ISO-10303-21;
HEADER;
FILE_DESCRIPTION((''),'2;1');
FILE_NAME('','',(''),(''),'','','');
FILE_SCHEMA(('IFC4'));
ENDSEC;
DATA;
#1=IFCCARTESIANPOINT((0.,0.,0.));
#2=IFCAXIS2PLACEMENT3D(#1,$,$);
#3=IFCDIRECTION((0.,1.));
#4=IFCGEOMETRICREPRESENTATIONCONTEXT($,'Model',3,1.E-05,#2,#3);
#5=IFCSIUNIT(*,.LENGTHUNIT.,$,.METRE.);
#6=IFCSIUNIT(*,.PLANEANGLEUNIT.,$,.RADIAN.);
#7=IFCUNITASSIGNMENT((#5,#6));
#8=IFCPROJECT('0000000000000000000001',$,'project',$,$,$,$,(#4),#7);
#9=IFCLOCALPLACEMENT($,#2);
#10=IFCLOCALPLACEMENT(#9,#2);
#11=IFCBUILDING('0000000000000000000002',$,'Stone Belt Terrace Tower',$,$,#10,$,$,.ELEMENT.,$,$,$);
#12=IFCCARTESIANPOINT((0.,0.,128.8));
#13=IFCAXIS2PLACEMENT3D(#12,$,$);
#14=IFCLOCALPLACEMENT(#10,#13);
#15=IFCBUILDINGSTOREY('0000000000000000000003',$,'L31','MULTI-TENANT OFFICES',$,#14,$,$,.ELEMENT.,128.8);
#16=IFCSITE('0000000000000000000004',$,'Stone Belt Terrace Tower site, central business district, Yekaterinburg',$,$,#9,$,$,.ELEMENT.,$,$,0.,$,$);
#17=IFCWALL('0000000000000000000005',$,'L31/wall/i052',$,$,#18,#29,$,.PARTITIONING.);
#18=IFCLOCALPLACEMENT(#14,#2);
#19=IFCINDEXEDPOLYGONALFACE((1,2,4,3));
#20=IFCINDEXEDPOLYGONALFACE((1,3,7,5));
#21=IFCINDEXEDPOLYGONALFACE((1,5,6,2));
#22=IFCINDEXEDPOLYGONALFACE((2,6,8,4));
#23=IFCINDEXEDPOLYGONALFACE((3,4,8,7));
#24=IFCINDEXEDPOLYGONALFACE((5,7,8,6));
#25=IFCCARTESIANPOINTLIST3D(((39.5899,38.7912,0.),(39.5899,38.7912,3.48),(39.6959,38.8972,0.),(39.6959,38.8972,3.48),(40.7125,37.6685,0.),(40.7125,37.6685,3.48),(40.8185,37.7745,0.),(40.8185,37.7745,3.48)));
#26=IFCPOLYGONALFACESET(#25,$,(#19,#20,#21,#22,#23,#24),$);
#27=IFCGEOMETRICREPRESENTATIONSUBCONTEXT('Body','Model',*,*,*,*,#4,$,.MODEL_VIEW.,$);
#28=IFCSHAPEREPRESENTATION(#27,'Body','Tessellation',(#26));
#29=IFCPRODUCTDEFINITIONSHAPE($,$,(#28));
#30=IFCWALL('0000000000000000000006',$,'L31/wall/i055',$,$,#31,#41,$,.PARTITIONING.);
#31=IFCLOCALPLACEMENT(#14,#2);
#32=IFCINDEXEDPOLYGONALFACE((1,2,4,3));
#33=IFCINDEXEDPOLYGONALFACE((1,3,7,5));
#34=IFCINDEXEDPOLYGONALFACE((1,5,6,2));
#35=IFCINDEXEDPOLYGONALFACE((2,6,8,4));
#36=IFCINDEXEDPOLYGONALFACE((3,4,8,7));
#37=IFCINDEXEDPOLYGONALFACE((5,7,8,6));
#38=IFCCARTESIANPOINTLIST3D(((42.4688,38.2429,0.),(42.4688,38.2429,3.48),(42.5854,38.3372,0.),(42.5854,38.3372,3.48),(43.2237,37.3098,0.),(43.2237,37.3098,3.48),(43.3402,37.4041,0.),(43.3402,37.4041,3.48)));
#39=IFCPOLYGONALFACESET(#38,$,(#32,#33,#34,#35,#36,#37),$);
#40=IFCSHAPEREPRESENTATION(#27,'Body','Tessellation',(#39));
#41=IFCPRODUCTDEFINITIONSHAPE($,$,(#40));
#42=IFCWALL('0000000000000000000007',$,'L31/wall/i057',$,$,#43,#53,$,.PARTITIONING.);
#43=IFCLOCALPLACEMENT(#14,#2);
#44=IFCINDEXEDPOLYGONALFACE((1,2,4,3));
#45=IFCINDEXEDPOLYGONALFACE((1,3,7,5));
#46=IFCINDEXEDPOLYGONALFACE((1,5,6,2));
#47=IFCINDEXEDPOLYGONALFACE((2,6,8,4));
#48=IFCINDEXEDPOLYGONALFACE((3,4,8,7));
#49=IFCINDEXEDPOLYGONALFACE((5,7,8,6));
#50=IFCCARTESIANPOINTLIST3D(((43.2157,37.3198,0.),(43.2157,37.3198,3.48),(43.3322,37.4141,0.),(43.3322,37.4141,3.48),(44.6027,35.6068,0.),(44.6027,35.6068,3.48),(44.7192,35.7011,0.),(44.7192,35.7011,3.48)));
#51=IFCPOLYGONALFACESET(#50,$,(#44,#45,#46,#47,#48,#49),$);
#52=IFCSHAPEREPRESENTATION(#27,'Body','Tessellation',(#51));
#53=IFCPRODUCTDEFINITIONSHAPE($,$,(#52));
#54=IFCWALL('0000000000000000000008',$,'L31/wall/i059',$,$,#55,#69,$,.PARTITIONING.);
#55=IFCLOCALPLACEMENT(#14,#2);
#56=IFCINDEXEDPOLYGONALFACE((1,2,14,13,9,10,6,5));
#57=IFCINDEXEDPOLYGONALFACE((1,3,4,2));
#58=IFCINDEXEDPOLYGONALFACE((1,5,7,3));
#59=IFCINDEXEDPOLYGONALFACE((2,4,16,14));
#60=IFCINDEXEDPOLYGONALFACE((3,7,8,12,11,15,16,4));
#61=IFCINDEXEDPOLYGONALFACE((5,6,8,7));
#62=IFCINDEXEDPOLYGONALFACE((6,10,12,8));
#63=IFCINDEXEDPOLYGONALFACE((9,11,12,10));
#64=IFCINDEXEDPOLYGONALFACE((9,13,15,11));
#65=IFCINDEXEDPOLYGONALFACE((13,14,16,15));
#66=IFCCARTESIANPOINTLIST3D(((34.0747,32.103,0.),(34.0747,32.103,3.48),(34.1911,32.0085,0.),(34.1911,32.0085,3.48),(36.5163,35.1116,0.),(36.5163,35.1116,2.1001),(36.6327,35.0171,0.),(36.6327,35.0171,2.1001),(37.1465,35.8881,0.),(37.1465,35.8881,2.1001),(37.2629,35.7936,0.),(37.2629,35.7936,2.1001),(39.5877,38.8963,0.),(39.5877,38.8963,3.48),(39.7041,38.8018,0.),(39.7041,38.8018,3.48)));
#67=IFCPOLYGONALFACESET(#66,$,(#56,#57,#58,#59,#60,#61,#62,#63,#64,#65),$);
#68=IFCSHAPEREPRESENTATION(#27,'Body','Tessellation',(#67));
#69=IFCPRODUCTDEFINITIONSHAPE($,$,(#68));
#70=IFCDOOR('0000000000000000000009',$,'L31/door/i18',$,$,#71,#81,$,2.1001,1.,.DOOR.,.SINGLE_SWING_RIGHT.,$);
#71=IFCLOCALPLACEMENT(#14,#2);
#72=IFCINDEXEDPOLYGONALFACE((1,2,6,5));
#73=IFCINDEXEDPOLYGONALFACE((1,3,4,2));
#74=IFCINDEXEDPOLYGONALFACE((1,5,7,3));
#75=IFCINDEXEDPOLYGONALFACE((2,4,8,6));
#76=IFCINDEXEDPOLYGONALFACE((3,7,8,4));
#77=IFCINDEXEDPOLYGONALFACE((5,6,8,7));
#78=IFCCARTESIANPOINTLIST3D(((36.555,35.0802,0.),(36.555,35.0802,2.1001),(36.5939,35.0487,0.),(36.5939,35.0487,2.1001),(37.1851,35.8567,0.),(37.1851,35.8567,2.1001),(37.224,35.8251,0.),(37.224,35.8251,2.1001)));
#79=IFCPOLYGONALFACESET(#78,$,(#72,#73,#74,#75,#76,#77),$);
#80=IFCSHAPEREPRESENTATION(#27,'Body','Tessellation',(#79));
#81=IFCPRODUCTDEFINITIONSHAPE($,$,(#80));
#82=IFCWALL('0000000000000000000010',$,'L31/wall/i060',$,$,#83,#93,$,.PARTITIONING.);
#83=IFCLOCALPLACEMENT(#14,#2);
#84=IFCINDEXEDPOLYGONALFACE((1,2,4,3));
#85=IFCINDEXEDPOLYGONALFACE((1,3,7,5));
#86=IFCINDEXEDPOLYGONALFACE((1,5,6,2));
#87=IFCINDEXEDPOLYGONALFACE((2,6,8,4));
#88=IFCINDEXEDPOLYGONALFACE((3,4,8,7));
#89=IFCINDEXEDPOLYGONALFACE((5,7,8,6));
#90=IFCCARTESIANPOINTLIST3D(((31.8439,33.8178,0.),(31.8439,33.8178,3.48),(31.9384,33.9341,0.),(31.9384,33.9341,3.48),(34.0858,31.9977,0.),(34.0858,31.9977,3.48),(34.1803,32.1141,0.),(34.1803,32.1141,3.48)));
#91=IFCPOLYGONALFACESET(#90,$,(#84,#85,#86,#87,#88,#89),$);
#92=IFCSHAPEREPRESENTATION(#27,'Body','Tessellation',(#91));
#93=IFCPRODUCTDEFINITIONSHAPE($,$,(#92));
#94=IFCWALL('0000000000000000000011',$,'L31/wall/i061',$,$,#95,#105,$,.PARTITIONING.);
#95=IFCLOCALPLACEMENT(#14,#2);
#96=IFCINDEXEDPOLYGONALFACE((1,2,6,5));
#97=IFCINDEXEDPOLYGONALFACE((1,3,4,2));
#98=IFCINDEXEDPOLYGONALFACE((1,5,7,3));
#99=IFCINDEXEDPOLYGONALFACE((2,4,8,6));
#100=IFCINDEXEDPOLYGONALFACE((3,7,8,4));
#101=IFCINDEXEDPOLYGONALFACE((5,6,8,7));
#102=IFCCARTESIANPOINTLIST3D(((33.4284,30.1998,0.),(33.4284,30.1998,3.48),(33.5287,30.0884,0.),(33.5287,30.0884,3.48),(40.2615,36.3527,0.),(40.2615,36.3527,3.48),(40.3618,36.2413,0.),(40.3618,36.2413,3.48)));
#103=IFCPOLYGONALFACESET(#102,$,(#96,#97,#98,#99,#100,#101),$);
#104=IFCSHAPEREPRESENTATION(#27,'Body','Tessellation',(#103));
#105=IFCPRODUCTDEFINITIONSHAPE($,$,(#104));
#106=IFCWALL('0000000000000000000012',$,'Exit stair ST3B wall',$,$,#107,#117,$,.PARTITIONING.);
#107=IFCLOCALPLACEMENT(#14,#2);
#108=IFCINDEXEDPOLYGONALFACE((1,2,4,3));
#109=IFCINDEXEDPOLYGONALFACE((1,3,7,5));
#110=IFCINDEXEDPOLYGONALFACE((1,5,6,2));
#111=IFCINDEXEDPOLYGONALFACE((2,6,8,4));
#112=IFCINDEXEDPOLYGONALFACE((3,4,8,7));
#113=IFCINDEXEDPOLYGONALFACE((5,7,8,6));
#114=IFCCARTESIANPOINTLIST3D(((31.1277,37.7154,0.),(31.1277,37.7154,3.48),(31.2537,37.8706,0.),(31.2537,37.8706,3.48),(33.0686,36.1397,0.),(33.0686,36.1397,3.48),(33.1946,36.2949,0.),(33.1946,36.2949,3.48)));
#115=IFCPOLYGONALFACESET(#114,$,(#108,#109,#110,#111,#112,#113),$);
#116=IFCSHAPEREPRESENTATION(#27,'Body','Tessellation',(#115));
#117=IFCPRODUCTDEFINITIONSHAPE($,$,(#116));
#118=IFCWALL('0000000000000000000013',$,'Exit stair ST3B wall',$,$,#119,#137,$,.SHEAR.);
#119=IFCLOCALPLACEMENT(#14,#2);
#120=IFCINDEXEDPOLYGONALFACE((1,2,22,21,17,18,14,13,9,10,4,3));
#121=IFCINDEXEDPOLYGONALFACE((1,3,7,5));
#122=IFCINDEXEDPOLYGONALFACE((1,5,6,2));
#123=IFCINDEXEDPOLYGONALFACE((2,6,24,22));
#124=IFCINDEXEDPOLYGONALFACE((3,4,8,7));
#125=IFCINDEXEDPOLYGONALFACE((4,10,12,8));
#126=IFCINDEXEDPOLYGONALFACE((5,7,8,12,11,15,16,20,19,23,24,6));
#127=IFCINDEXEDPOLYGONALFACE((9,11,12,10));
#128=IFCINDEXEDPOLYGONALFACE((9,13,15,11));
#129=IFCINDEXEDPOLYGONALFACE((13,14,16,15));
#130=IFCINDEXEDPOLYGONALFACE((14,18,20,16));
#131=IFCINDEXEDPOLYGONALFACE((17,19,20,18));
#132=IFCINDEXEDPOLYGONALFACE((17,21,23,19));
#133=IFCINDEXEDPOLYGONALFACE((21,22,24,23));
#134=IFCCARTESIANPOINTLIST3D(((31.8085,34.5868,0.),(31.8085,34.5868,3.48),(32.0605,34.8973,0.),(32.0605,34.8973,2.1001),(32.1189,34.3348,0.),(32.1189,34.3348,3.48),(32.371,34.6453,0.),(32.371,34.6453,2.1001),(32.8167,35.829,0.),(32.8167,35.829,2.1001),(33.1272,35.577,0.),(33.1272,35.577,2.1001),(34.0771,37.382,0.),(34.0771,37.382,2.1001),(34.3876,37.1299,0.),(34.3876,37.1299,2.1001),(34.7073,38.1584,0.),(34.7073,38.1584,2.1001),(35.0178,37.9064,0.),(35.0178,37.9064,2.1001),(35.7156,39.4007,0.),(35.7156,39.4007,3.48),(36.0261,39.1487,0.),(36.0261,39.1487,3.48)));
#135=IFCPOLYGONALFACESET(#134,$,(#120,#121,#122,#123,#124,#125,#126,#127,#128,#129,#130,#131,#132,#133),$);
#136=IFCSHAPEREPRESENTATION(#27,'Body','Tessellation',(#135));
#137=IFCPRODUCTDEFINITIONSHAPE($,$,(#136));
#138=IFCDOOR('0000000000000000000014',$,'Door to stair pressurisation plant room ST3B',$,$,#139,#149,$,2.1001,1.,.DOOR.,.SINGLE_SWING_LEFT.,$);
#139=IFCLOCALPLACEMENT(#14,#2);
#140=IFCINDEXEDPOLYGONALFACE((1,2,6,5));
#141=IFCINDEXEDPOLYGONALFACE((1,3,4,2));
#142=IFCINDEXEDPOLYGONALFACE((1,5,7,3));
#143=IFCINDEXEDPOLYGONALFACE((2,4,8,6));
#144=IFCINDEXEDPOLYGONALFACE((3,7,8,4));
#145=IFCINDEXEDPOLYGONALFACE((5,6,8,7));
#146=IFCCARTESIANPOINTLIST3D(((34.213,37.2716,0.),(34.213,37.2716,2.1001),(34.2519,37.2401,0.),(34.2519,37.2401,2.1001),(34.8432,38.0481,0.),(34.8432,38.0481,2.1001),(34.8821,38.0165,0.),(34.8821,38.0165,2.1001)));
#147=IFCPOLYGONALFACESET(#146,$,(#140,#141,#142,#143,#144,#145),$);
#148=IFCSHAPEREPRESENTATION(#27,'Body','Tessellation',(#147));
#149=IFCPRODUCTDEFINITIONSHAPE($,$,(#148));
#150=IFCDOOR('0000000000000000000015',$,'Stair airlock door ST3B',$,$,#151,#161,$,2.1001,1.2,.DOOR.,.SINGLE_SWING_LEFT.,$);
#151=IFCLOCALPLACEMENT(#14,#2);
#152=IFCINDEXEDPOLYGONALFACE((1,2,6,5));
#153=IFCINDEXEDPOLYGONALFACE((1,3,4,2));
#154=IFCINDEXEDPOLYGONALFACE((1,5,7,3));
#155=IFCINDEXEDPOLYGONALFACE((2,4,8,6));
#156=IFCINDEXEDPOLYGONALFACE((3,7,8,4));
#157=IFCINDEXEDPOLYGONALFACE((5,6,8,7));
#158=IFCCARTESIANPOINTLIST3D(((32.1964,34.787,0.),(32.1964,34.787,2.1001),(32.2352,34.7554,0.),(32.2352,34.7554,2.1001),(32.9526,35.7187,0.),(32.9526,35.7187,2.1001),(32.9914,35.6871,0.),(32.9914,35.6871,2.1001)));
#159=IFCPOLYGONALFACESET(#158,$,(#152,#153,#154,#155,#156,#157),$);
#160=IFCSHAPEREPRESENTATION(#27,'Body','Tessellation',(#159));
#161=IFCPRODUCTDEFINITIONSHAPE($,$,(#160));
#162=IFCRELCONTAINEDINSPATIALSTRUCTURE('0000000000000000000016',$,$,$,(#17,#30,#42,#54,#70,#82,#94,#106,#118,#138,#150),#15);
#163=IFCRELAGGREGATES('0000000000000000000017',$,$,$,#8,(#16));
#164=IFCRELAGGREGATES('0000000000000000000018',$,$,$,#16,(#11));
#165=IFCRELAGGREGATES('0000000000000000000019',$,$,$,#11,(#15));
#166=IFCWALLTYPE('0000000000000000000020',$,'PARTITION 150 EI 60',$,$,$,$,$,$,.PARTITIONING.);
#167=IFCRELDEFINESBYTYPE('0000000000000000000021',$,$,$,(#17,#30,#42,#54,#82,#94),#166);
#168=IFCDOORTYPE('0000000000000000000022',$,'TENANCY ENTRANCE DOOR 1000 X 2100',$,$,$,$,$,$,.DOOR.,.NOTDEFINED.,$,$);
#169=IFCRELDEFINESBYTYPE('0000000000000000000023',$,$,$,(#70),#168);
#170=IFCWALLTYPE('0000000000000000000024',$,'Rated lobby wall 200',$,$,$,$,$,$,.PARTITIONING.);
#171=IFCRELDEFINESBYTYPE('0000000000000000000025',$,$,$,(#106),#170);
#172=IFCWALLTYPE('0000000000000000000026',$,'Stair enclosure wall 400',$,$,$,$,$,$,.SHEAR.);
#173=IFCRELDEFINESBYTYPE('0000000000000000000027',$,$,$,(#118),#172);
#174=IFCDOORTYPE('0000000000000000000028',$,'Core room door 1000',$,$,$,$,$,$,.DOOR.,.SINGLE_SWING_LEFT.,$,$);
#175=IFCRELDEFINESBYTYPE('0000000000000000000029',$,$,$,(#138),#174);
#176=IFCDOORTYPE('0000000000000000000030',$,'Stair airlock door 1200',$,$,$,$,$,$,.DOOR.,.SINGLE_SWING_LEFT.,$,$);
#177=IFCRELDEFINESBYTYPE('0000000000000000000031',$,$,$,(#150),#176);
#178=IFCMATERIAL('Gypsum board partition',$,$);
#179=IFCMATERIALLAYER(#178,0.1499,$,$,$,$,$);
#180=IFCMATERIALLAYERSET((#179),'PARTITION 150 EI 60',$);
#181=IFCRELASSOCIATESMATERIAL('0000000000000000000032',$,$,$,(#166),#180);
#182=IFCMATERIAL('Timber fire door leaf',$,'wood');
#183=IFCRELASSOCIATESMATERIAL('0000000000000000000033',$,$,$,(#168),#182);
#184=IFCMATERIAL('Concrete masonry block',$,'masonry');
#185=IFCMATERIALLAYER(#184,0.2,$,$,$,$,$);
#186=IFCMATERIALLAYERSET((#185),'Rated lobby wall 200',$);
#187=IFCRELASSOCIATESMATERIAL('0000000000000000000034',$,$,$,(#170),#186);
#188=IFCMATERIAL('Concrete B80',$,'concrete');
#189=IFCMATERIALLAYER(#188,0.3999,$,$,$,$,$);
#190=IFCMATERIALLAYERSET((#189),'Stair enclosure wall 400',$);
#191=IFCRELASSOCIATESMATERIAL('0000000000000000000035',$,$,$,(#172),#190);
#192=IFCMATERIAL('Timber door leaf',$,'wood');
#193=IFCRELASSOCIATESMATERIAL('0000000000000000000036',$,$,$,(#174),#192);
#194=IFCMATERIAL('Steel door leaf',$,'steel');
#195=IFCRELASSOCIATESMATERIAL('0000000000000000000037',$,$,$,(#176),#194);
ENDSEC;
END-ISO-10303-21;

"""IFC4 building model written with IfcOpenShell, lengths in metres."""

from ifc_helpers import new_model, si_unit, direction, frame, frame_2d, origin, place, context, subcontext, project, spatial, rectangle, extrude, material, layer, layer_set, type_object, element, fill, save


model = new_model("IFC4")

# Units and contexts
model_context = context("Model", 3, precision=1e-05, world=origin(), true_north=direction((0.0, 1.0)))
body_context = subcontext(model_context, "Body", "Model", "MODEL_VIEW")
ifc_project = project(units=[si_unit("LENGTHUNIT", "METRE"), si_unit("PLANEANGLEUNIT", "RADIAN")], contexts=[model_context])

# Site, building, storey
site_placement = place(None, origin())
site = spatial("IfcSite", under=ifc_project, at=site_placement, Name="Stone Belt Terrace Tower site, central business district, Yekaterinburg", CompositionType="ELEMENT", RefElevation=0.0)
building_placement = place(site_placement, origin())
building = spatial("IfcBuilding", under=site, at=building_placement, Name="Stone Belt Terrace Tower", CompositionType="ELEMENT")
storey_placement = place(building_placement, frame((0.0, 0.0, 128.8)))
storey = spatial("IfcBuildingStorey", under=building, at=storey_placement, Name="L31", Description="MULTI-TENANT OFFICES", CompositionType="ELEMENT", Elevation=128.8)

# Shared definitions
ifc_material_1 = material(Name="Concrete B80", Category="concrete")

# Walls
ifc_material_2 = material(Name="Gypsum board partition")
ifc_layer_1 = layer(ifc_material_2, 0.1499)
ifc_layer_set_1 = layer_set([ifc_layer_1], Name="PARTITION 150 EI 60")
wall_type_1 = type_object("IfcWallType", Name="PARTITION 150 EI 60", PredefinedType="PARTITIONING", material=ifc_layer_set_1)
wall_1_placement = place(storey_placement, frame((40.7656, 37.7214, 0.0), z_axis=(0.0, 0.0, 1.0), x_axis=(-0.707107, 0.707107, 0.0)))
element("IfcWall", 1, at=wall_1_placement, inside=storey, type_object=wall_type_1, Name="L31/wall/i052", PredefinedType="PARTITIONING", context=body_context, shape_type="SweptSolid", body=[
    extrude(rectangle(XDim=1.5876, YDim=0.1499, at=frame_2d((0.7939, 0.0))), origin(), (0.0, 0.0, 1.0), 3.48),
])
wall_2_placement = place(storey_placement, frame((42.5271, 38.29, 0.0), z_axis=(0.0, 0.0, 1.0), x_axis=(0.628952, -0.777444, 0.0)))
element("IfcWall", 2, at=wall_2_placement, inside=storey, type_object=wall_type_1, Name="L31/wall/i055", PredefinedType="PARTITIONING", context=body_context, shape_type="SweptSolid", body=[
    extrude(rectangle(XDim=1.2002, YDim=0.1499, at=frame_2d((0.6001, 0.0))), origin(), (0.0, 0.0, 1.0), 3.48),
])
wall_3_placement = place(storey_placement, frame((43.2739, 37.3669, 0.0), z_axis=(0.0, 0.0, 1.0), x_axis=(0.629291, -0.77717, 0.0)))
element("IfcWall", 3, at=wall_3_placement, inside=storey, type_object=wall_type_1, Name="L31/wall/i057", PredefinedType="PARTITIONING", context=body_context, shape_type="SweptSolid", body=[
    extrude(rectangle(XDim=2.2041, YDim=0.1499, at=frame_2d((1.1021, 0.0))), origin(), (0.0, 0.0, 1.0), 3.48),
])

# Wall, opening, door
wall_4_placement = place(storey_placement, frame((39.646, 38.8491, 0.0), z_axis=(0.0, 0.0, 1.0), x_axis=(-0.630142, -0.77648, 0.0)))
wall_4 = element("IfcWall", 4, at=wall_4_placement, inside=storey, type_object=wall_type_1, Name="L31/wall/i059", PredefinedType="PARTITIONING", context=body_context, shape_type="SweptSolid", body=[
    extrude(rectangle(XDim=8.7488, YDim=0.1499, at=frame_2d((4.3745, 0.0))), origin(), (0.0, 0.0, 1.0), 3.48),
])
opening_1_placement = place(wall_4_placement, frame((3.8743, 0.0, 0.0)))
opening_1 = element("IfcOpeningElement", 5, at=opening_1_placement, cuts=wall_4, PredefinedType="OPENING", context=body_context, shape_type="SweptSolid", body=[
    extrude(rectangle(XDim=1.0, YDim=2.1001, at=frame_2d((0.5, 1.05))), frame((0.0, 0.085, 0.0), z_axis=(0.0, -1.0, 0.0), x_axis=(1.0, 0.0, 0.0)), (0.0, 0.0, 1.0), 0.1699),
])
ifc_material_3 = material(Name="Timber fire door leaf", Category="wood")
door_type_1 = type_object("IfcDoorType", Name="TENANCY ENTRANCE DOOR 1000 X 2100", OperationType="NOTDEFINED", PredefinedType="DOOR", material=ifc_material_3)
door_1_placement = place(opening_1_placement, origin())
door_1 = element("IfcDoor", 6, at=door_1_placement, inside=storey, type_object=door_type_1, Name="L31/door/i18", OperationType="SINGLE_SWING_RIGHT", OverallHeight=2.1001, OverallWidth=1.0, PredefinedType="DOOR", context=body_context, shape_type="SweptSolid", body=[
    extrude(rectangle(XDim=1.0, YDim=2.1001, at=frame_2d((0.5, 1.05))), frame((0.0, 0.0249, 0.0), z_axis=(0.0, -1.0, 0.0), x_axis=(1.0, 0.0, 0.0)), (0.0, 0.0, 1.0), 0.05),
])
fill(opening_1, door_1)

# Walls
wall_5_placement = place(storey_placement, frame((34.1331, 32.0559, 0.0), z_axis=(0.0, 0.0, 1.0), x_axis=(-0.77637, 0.630277, 0.0)))
element("IfcWall", 7, at=wall_5_placement, inside=storey, type_object=wall_type_1, Name="L31/wall/i060", PredefinedType="PARTITIONING", context=body_context, shape_type="SweptSolid", body=[
    extrude(rectangle(XDim=2.8877, YDim=0.1499, at=frame_2d((1.4438, 0.0))), origin(), (0.0, 0.0, 1.0), 3.48),
])
wall_6_placement = place(storey_placement, frame((40.3118, 36.2971, 0.0), z_axis=(0.0, 0.0, 1.0), x_axis=(-0.743125, -0.669152, 0.0)))
element("IfcWall", 8, at=wall_6_placement, inside=storey, type_object=wall_type_1, Name="L31/wall/i061", PredefinedType="PARTITIONING", context=body_context, shape_type="SweptSolid", body=[
    extrude(rectangle(XDim=9.1951, YDim=0.1499, at=frame_2d((4.5977, 0.0))), origin(), (0.0, 0.0, 1.0), 3.48),
])
ifc_material_4 = material(Name="Concrete masonry block", Category="masonry")
ifc_layer_2 = layer(ifc_material_4, 0.2)
ifc_layer_set_2 = layer_set([ifc_layer_2], Name="Rated lobby wall 200")
wall_type_2 = type_object("IfcWallType", Name="Rated lobby wall 200", PredefinedType="PARTITIONING", material=ifc_layer_set_2)
wall_7_placement = place(storey_placement, frame((31.1907, 37.793, 0.0), z_axis=(0.0, 0.0, 1.0), x_axis=(0.776371, -0.630276, 0.0)))
element("IfcWall", 9, at=wall_7_placement, inside=storey, type_object=wall_type_2, Name="Exit stair ST3B wall", PredefinedType="PARTITIONING", context=body_context, shape_type="SweptSolid", body=[
    extrude(rectangle(XDim=2.5, YDim=0.2, at=frame_2d((1.25, 0.0))), origin(), (0.0, 0.0, 1.0), 3.48),
])

# Wall, openings, doors
ifc_layer_3 = layer(ifc_material_1, 0.3999)
ifc_layer_set_3 = layer_set([ifc_layer_3], Name="Stair enclosure wall 400")
wall_type_3 = type_object("IfcWallType", Name="Stair enclosure wall 400", PredefinedType="SHEAR", material=ifc_layer_set_3)
wall_8_placement = place(storey_placement, frame((31.9636, 34.4607, 0.0), z_axis=(0.0, 0.0, 1.0), x_axis=(0.630192, 0.776439, 0.0)))
wall_8 = element("IfcWall", 10, at=wall_8_placement, inside=storey, type_object=wall_type_3, Name="Exit stair ST3B wall", PredefinedType="SHEAR", context=body_context, shape_type="SweptSolid", body=[
    extrude(rectangle(XDim=6.2, YDim=0.3999, at=frame_2d((3.1001, 0.0))), origin(), (0.0, 0.0, 1.0), 3.48),
])
opening_2_placement = place(wall_8_placement, frame((0.3999, 0.0, 0.0)))
opening_2 = element("IfcOpeningElement", 11, at=opening_2_placement, cuts=wall_8, PredefinedType="OPENING", context=body_context, shape_type="SweptSolid", body=[
    extrude(rectangle(XDim=1.2, YDim=2.1001, at=frame_2d((0.6001, 1.05))), frame((0.0, 0.21, 0.0), z_axis=(0.0, -1.0, 0.0), x_axis=(1.0, 0.0, 0.0)), (0.0, 0.0, 1.0), 0.4199),
])
opening_3_placement = place(wall_8_placement, frame((3.6001, 0.0, 0.0)))
opening_3 = element("IfcOpeningElement", 12, at=opening_3_placement, cuts=wall_8, PredefinedType="OPENING", context=body_context, shape_type="SweptSolid", body=[
    extrude(rectangle(XDim=1.0, YDim=2.1001, at=frame_2d((0.5, 1.05))), frame((0.0, 0.21, 0.0), z_axis=(0.0, -1.0, 0.0), x_axis=(1.0, 0.0, 0.0)), (0.0, 0.0, 1.0), 0.4199),
])
ifc_material_5 = material(Name="Timber door leaf", Category="wood")
door_type_2 = type_object("IfcDoorType", Name="Core room door 1000", OperationType="SINGLE_SWING_LEFT", PredefinedType="DOOR", material=ifc_material_5)
door_2_placement = place(opening_3_placement, origin())
door_2 = element("IfcDoor", 13, at=door_2_placement, inside=storey, type_object=door_type_2, Name="Door to stair pressurisation plant room ST3B", OperationType="SINGLE_SWING_LEFT", OverallHeight=2.1001, OverallWidth=1.0, PredefinedType="DOOR", context=body_context, shape_type="SweptSolid", body=[
    extrude(rectangle(XDim=1.0, YDim=2.1001, at=frame_2d((0.5, 1.05))), frame((0.0, 0.0249, 0.0), z_axis=(0.0, -1.0, 0.0), x_axis=(1.0, 0.0, 0.0)), (0.0, 0.0, 1.0), 0.05),
])
fill(opening_3, door_2)
ifc_material_6 = material(Name="Steel door leaf", Category="steel")
door_type_3 = type_object("IfcDoorType", Name="Stair airlock door 1200", OperationType="SINGLE_SWING_LEFT", PredefinedType="DOOR", material=ifc_material_6)
door_3_placement = place(opening_2_placement, origin())
door_3 = element("IfcDoor", 14, at=door_3_placement, inside=storey, type_object=door_type_3, Name="Stair airlock door ST3B", OperationType="SINGLE_SWING_LEFT", OverallHeight=2.1001, OverallWidth=1.2, PredefinedType="DOOR", context=body_context, shape_type="SweptSolid", body=[
    extrude(rectangle(XDim=1.2, YDim=2.1001, at=frame_2d((0.6001, 1.05))), frame((0.0, 0.0249, 0.0), z_axis=(0.0, -1.0, 0.0), x_axis=(1.0, 0.0, 0.0)), (0.0, 0.0, 1.0), 0.05),
])
fill(opening_2, door_3)

save(model, "model.ifc")
